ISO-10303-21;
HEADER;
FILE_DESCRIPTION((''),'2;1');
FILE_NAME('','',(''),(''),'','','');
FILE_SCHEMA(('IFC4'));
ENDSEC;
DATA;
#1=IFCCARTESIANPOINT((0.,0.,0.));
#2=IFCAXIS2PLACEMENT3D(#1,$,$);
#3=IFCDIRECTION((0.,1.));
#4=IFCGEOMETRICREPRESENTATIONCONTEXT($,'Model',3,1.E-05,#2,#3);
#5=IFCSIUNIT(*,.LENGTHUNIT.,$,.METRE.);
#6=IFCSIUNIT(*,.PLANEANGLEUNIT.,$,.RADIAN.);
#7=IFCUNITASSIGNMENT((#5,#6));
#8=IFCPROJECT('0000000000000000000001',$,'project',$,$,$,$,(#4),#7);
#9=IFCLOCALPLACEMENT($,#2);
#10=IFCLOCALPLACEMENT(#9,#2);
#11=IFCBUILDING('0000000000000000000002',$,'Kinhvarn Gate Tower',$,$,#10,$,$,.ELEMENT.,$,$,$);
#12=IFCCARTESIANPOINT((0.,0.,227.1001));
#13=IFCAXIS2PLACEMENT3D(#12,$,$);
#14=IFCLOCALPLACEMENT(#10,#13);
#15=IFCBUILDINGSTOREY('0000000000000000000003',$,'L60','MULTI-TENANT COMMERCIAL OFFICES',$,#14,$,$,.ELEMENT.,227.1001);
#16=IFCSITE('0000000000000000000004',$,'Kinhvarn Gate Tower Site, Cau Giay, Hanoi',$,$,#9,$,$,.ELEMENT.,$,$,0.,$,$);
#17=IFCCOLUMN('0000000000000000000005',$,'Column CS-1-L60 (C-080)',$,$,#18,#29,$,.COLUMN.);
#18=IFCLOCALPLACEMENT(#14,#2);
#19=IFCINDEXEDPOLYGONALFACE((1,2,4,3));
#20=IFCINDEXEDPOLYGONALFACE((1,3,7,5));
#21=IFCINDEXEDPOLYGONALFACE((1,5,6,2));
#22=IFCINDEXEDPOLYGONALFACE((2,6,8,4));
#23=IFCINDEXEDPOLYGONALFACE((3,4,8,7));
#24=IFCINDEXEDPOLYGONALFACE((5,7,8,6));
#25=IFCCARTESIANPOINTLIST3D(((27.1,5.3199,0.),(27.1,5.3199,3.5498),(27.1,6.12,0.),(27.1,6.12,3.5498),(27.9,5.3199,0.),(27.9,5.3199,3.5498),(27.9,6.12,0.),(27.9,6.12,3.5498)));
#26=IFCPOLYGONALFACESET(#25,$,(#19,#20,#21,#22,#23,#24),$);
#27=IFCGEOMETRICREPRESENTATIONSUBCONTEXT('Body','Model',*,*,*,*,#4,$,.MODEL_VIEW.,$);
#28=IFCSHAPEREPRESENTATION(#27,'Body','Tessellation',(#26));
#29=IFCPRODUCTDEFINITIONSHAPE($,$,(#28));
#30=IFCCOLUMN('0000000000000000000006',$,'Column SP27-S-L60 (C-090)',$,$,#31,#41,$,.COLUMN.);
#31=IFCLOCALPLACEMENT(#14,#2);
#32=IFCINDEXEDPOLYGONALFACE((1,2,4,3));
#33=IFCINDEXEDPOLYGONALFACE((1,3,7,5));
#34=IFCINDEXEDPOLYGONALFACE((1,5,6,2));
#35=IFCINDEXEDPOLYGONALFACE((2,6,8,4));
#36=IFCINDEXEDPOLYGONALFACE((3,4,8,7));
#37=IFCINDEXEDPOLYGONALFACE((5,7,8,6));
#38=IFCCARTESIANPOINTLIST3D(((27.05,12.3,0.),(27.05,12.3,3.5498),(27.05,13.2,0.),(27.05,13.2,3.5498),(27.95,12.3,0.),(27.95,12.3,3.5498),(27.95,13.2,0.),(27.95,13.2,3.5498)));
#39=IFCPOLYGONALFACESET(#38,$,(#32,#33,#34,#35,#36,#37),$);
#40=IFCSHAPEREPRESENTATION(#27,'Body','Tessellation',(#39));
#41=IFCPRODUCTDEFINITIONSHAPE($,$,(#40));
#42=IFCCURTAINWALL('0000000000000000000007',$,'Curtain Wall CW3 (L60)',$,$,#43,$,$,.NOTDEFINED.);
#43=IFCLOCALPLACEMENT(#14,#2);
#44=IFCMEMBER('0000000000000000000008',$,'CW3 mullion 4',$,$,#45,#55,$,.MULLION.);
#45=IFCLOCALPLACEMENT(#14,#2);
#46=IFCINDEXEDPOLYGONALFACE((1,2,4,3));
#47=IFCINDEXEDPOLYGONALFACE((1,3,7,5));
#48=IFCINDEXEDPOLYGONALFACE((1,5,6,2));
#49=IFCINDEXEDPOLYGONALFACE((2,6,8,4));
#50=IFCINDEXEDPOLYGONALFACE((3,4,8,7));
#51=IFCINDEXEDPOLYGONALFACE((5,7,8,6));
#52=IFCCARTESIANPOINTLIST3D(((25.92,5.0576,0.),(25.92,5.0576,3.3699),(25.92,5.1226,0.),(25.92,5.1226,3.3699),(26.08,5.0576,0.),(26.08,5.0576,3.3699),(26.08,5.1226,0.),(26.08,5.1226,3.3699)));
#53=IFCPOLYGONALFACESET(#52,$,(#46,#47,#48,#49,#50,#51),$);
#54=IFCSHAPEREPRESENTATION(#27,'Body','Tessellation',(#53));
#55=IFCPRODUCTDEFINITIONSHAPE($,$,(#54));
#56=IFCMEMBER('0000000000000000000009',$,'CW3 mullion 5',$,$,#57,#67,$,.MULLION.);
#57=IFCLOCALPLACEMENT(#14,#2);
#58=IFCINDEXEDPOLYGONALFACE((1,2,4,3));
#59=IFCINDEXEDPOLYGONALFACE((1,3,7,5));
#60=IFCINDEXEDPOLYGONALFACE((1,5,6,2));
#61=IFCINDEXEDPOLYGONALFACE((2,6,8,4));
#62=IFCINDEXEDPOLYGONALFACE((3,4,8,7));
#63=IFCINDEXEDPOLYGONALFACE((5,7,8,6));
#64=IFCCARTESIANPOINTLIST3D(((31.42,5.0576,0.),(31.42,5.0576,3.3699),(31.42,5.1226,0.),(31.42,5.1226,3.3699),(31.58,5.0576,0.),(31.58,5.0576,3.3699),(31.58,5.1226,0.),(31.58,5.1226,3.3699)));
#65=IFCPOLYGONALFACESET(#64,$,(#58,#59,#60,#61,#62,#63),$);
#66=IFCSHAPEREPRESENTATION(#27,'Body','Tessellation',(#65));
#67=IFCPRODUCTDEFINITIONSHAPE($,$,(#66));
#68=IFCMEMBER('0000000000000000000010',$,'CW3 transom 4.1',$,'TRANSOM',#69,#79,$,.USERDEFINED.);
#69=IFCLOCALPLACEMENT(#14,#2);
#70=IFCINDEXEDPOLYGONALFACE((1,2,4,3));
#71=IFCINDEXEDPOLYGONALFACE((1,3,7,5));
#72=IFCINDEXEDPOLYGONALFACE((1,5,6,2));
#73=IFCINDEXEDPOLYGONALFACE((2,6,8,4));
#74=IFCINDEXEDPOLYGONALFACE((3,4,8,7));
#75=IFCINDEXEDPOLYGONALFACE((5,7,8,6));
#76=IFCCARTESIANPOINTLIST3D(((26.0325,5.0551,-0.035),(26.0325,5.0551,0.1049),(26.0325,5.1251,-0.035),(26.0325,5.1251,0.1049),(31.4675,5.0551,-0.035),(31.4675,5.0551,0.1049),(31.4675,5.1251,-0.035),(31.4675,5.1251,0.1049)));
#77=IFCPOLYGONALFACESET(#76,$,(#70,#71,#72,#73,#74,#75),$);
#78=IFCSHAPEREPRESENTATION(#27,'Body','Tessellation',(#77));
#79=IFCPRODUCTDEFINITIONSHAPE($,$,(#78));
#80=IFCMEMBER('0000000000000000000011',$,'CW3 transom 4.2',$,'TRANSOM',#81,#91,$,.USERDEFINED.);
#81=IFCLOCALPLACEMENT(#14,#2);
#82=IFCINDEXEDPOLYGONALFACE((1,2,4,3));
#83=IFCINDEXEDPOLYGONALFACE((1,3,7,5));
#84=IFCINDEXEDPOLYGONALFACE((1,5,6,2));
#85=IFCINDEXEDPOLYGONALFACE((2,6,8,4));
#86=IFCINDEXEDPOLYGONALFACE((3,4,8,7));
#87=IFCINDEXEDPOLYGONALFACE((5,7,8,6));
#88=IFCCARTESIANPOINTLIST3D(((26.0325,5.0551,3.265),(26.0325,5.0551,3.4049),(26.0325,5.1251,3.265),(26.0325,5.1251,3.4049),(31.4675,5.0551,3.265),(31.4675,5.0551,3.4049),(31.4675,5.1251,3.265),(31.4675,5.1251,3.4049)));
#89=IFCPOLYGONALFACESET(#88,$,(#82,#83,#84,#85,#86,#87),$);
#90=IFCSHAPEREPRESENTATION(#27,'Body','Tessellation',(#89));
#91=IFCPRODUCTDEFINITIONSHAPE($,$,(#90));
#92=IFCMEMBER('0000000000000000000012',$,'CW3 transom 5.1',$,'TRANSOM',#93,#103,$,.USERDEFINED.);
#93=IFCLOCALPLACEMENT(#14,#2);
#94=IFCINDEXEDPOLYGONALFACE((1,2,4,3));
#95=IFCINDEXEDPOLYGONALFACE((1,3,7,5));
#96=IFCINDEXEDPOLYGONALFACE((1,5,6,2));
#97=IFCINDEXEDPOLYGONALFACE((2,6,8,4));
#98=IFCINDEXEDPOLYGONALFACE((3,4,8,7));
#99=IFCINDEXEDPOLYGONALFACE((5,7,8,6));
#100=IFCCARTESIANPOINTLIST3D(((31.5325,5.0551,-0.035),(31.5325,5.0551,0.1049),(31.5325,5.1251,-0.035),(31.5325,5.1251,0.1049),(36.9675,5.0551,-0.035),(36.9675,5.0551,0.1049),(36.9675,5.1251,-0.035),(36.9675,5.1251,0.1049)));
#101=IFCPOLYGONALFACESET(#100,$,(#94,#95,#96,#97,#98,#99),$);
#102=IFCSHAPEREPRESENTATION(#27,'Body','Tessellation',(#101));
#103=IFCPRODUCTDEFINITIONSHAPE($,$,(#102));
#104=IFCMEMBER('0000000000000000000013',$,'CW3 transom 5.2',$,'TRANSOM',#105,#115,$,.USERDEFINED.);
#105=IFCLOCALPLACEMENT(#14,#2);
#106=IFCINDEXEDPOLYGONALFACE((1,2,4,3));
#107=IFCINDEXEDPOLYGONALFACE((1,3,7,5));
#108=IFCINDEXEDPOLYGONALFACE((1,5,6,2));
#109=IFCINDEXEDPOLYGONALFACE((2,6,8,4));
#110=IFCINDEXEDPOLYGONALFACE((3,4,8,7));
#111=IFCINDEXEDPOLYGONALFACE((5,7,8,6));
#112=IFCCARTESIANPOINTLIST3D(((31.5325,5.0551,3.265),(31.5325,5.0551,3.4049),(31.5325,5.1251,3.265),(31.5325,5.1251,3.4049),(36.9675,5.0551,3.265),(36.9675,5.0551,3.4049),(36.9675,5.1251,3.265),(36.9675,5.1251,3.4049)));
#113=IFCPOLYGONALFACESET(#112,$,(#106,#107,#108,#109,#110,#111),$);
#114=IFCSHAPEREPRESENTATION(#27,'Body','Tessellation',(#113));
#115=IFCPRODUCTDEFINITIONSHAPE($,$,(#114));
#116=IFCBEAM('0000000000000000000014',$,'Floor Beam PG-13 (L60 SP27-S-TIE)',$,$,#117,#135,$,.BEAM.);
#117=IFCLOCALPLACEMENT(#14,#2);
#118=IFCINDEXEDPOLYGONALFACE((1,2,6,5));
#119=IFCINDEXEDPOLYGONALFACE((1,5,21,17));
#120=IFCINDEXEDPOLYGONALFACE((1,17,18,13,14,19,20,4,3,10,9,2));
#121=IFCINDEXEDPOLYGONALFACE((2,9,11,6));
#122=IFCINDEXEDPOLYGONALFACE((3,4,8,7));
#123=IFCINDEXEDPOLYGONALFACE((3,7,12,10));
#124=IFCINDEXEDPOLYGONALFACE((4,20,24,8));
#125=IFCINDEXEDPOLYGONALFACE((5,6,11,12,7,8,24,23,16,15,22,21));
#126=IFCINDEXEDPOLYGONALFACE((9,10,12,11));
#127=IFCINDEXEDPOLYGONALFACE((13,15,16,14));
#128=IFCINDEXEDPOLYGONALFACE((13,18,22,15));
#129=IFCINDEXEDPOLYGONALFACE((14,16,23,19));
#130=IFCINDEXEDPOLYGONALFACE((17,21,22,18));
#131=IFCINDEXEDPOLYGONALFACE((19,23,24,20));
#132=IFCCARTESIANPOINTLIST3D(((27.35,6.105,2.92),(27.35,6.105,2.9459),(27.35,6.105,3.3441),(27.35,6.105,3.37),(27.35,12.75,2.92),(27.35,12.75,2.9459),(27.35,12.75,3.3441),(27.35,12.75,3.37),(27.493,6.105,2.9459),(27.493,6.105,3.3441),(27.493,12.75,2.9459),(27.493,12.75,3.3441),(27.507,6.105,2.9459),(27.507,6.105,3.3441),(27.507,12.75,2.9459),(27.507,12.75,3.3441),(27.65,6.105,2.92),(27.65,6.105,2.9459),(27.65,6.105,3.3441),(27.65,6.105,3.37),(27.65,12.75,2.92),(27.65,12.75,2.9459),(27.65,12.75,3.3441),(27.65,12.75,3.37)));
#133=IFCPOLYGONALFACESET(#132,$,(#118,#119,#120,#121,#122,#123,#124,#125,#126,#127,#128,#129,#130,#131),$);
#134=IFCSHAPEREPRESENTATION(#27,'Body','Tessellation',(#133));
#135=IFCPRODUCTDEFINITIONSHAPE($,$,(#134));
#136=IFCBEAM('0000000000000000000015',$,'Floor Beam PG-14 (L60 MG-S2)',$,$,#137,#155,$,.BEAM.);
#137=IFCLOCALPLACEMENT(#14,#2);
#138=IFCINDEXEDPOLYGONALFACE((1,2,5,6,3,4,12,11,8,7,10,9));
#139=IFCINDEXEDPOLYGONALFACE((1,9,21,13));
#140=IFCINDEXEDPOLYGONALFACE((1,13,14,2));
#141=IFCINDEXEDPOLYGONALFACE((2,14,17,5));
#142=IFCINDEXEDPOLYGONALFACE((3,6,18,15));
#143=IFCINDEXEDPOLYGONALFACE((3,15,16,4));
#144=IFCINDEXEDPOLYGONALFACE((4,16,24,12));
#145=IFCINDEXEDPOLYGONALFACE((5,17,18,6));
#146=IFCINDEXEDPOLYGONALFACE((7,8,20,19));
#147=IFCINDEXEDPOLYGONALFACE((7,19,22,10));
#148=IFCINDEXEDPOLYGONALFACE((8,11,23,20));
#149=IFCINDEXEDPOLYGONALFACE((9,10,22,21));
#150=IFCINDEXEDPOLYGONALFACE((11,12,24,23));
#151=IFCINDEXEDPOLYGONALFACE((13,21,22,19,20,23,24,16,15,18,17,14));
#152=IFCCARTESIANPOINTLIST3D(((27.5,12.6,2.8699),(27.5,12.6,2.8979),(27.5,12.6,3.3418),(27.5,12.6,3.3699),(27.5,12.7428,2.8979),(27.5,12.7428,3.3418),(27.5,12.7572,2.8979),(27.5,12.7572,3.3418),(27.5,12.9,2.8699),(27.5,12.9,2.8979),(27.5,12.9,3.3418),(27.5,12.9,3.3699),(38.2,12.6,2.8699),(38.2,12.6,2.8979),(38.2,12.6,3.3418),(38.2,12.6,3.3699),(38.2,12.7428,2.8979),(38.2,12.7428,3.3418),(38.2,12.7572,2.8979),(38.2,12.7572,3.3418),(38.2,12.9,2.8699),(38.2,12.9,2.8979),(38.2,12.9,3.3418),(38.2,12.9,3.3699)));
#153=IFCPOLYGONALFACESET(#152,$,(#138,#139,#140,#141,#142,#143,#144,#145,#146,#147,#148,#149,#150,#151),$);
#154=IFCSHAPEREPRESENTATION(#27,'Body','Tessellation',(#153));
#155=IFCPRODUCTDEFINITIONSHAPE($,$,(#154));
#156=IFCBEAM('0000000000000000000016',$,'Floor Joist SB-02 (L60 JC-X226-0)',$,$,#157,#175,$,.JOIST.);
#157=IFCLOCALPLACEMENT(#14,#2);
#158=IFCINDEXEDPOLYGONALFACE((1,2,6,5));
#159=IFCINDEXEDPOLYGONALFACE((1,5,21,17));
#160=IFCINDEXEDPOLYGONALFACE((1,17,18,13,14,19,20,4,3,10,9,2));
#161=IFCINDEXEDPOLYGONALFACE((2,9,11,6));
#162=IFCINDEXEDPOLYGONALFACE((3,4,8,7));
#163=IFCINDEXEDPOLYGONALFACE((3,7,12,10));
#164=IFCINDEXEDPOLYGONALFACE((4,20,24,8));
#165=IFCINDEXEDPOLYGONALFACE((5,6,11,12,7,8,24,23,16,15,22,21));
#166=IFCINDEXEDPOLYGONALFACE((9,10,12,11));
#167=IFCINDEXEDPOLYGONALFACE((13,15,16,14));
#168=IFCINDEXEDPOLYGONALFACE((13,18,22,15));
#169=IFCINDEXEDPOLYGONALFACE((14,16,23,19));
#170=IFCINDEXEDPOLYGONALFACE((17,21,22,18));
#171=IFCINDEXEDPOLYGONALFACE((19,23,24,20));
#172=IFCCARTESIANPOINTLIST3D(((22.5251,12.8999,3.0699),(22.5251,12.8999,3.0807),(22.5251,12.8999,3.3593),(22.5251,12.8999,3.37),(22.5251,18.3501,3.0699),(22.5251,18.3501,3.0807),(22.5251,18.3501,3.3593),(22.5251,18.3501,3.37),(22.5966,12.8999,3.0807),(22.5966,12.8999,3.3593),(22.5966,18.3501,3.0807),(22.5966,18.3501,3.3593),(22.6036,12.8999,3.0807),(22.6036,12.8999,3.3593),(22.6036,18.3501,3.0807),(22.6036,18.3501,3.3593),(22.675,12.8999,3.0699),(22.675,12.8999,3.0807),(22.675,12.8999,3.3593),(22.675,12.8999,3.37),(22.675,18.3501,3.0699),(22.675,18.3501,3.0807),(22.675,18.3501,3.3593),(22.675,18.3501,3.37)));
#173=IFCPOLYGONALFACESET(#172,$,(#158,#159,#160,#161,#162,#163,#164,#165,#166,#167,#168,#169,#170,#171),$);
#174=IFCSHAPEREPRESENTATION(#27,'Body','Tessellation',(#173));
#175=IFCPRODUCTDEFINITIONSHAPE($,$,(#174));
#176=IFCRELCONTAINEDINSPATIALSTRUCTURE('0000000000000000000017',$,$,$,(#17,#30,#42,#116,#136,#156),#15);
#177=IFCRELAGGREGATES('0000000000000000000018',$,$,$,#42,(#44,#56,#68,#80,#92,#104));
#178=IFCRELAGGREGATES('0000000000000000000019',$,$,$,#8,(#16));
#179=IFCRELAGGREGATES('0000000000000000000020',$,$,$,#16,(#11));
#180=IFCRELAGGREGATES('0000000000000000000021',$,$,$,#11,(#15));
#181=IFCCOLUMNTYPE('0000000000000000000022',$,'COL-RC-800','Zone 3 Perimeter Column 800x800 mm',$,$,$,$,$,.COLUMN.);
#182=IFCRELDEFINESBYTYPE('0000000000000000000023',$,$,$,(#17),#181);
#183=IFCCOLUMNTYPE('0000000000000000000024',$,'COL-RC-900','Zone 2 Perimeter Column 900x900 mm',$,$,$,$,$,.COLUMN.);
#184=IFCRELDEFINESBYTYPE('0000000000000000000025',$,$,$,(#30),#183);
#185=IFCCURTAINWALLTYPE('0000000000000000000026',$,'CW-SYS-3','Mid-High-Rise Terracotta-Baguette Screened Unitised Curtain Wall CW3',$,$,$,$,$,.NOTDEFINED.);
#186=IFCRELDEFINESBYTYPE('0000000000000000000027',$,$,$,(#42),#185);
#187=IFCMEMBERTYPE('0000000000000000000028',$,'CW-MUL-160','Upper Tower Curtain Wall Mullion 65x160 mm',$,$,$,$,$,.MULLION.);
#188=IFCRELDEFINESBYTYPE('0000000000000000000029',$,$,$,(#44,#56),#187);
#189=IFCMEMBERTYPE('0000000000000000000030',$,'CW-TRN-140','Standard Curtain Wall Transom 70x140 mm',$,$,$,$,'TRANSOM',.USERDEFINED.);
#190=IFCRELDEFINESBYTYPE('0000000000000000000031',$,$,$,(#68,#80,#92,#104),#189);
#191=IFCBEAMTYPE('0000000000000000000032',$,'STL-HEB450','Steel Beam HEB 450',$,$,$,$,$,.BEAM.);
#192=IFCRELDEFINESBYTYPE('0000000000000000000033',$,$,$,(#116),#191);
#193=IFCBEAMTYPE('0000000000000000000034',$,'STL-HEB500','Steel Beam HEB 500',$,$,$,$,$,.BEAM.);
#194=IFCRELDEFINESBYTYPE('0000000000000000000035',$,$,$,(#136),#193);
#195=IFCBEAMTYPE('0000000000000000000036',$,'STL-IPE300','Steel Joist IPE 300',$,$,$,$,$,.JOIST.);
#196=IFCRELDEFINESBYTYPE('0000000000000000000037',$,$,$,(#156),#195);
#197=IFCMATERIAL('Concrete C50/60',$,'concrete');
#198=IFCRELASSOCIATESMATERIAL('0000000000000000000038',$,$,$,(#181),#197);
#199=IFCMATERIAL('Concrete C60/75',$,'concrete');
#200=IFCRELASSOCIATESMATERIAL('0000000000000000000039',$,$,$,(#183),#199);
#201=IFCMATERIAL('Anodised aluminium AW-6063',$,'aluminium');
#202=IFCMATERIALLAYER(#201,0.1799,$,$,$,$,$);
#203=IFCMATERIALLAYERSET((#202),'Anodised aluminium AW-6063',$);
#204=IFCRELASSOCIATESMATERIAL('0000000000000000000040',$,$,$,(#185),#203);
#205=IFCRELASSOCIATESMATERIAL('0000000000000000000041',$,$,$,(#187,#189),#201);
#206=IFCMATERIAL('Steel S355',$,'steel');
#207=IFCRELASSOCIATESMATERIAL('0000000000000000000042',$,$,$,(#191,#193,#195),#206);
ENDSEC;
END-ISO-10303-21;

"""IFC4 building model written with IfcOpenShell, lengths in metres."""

from ifc_helpers import new_model, si_unit, direction, frame, origin, origin_2d, place, context, subcontext, project, spatial, rectangle, i_section, extrude, material, layer, layer_set, material_profile, profile_set, type_object, element, aggregate, save


model = new_model("IFC4")

# Units and contexts
model_context = context("Model", 3, precision=1e-05, world=origin(), true_north=direction((0.0, 1.0)))
body_context = subcontext(model_context, "Body", "Model", "MODEL_VIEW")
ifc_project = project(units=[si_unit("LENGTHUNIT", "METRE"), si_unit("PLANEANGLEUNIT", "RADIAN")], contexts=[model_context])

# Site, building, storey
site_placement = place(None, origin())
site = spatial("IfcSite", under=ifc_project, at=site_placement, Name="Kinhvarn Gate Tower Site, Cau Giay, Hanoi", CompositionType="ELEMENT", RefElevation=0.0)
building_placement = place(site_placement, origin())
building = spatial("IfcBuilding", under=site, at=building_placement, Name="Kinhvarn Gate Tower", CompositionType="ELEMENT")
storey_placement = place(building_placement, frame((0.0, 0.0, 227.1001)))
storey = spatial("IfcBuildingStorey", under=building, at=storey_placement, Name="L60", Description="MULTI-TENANT COMMERCIAL OFFICES", CompositionType="ELEMENT", Elevation=227.1001)

# Columns
ifc_material_1 = material(Name="Concrete C50/60", Category="concrete")
ifc_material_profile_1 = material_profile(ifc_material_1, rectangle(XDim=0.8, YDim=0.8, at=origin_2d()), Name="RC 800x800")
ifc_profile_set_1 = profile_set([ifc_material_profile_1], Name="Concrete C50/60")
column_type_1 = type_object("IfcColumnType", Name="COL-RC-800", Description="Zone 3 Perimeter Column 800x800 mm", PredefinedType="COLUMN", material=ifc_profile_set_1)
column_1_placement = place(storey_placement, frame((27.5, 5.72, 0.0), z_axis=(0.0, 0.0, 1.0), x_axis=(1.0, 0.0, 0.0)))
element("IfcColumn", 1, at=column_1_placement, inside=storey, type_object=column_type_1, Name="Column CS-1-L60 (C-080)", PredefinedType="COLUMN", context=body_context, shape_type="SweptSolid", body=[
    extrude(rectangle(XDim=0.8, YDim=0.8, at=origin_2d()), origin(), (0.0, 0.0, 1.0), 3.5498),
])
ifc_material_2 = material(Name="Concrete C60/75", Category="concrete")
ifc_material_profile_2 = material_profile(ifc_material_2, rectangle(XDim=0.8999, YDim=0.8999, at=origin_2d()), Name="RC 900x900")
ifc_profile_set_2 = profile_set([ifc_material_profile_2], Name="Concrete C60/75")
column_type_2 = type_object("IfcColumnType", Name="COL-RC-900", Description="Zone 2 Perimeter Column 900x900 mm", PredefinedType="COLUMN", material=ifc_profile_set_2)
column_2_placement = place(storey_placement, frame((27.5, 12.75, 0.0), z_axis=(0.0, 0.0, 1.0), x_axis=(1.0, 0.0, 0.0)))
element("IfcColumn", 2, at=column_2_placement, inside=storey, type_object=column_type_2, Name="Column SP27-S-L60 (C-090)", PredefinedType="COLUMN", context=body_context, shape_type="SweptSolid", body=[
    extrude(rectangle(XDim=0.8999, YDim=0.8999, at=origin_2d()), origin(), (0.0, 0.0, 1.0), 3.5498),
])

# Curtain wall, members
ifc_material_3 = material(Name="Anodised aluminium AW-6063", Category="aluminium")
ifc_layer_1 = layer(ifc_material_3, 0.1799)
ifc_layer_set_1 = layer_set([ifc_layer_1], Name="Anodised aluminium AW-6063")
curtain_wall_type = type_object("IfcCurtainWallType", Name="CW-SYS-3", Description="Mid-High-Rise Terracotta-Baguette Screened Unitised Curtain Wall CW3", PredefinedType="NOTDEFINED", material=ifc_layer_set_1)
curtain_wall_placement = place(storey_placement, origin())
curtain_wall = element("IfcCurtainWall", 3, at=curtain_wall_placement, inside=storey, type_object=curtain_wall_type, Name="Curtain Wall CW3 (L60)", PredefinedType="NOTDEFINED")
ifc_material_profile_3 = material_profile(ifc_material_3, rectangle(XDim=0.0649, YDim=0.1599, at=origin_2d()), Name="ALU 65x160")
ifc_profile_set_3 = profile_set([ifc_material_profile_3], Name="Anodised aluminium AW-6063")
member_type_1 = type_object("IfcMemberType", Name="CW-MUL-160", Description="Upper Tower Curtain Wall Mullion 65x160 mm", PredefinedType="MULLION", material=ifc_profile_set_3)
member_1_placement = place(storey_placement, frame((26.0, 5.0901, 0.0), z_axis=(0.0, 0.0, 1.0), x_axis=(0.0, 1.0, 0.0)))
member_1 = element("IfcMember", 4, at=member_1_placement, type_object=member_type_1, Name="CW3 mullion 4", PredefinedType="MULLION", context=body_context, shape_type="SweptSolid", body=[
    extrude(rectangle(XDim=0.0649, YDim=0.1599, at=origin_2d()), origin(), (0.0, 0.0, 1.0), 3.3699),
])
member_2_placement = place(storey_placement, frame((31.5, 5.0901, 0.0), z_axis=(0.0, 0.0, 1.0), x_axis=(0.0, 1.0, 0.0)))
member_2 = element("IfcMember", 5, at=member_2_placement, type_object=member_type_1, Name="CW3 mullion 5", PredefinedType="MULLION", context=body_context, shape_type="SweptSolid", body=[
    extrude(rectangle(XDim=0.0649, YDim=0.1599, at=origin_2d()), origin(), (0.0, 0.0, 1.0), 3.3699),
])
ifc_material_profile_4 = material_profile(ifc_material_3, rectangle(XDim=0.0701, YDim=0.1399, at=origin_2d()), Name="ALU 70x140")
ifc_profile_set_4 = profile_set([ifc_material_profile_4], Name="Anodised aluminium AW-6063")
member_type_2 = type_object("IfcMemberType", Name="CW-TRN-140", Description="Standard Curtain Wall Transom 70x140 mm", ElementType="TRANSOM", PredefinedType="USERDEFINED", material=ifc_profile_set_4)
member_3_placement = place(storey_placement, frame((26.0325, 5.0901, 0.0349), z_axis=(1.0, 0.0, 0.0), x_axis=(0.0, 1.0, 0.0)))
member_3 = element("IfcMember", 6, at=member_3_placement, type_object=member_type_2, Name="CW3 transom 4.1", ObjectType="TRANSOM", PredefinedType="USERDEFINED", context=body_context, shape_type="SweptSolid", body=[
    extrude(rectangle(XDim=0.0701, YDim=0.1399, at=origin_2d()), origin(), (0.0, 0.0, 1.0), 5.4351),
])
member_4_placement = place(storey_placement, frame((26.0325, 5.0901, 3.335), z_axis=(1.0, 0.0, 0.0), x_axis=(0.0, 1.0, 0.0)))
member_4 = element("IfcMember", 7, at=member_4_placement, type_object=member_type_2, Name="CW3 transom 4.2", ObjectType="TRANSOM", PredefinedType="USERDEFINED", context=body_context, shape_type="SweptSolid", body=[
    extrude(rectangle(XDim=0.0701, YDim=0.1399, at=origin_2d()), origin(), (0.0, 0.0, 1.0), 5.4351),
])
member_5_placement = place(storey_placement, frame((31.5325, 5.0901, 0.0349), z_axis=(1.0, 0.0, 0.0), x_axis=(0.0, 1.0, 0.0)))
member_5 = element("IfcMember", 8, at=member_5_placement, type_object=member_type_2, Name="CW3 transom 5.1", ObjectType="TRANSOM", PredefinedType="USERDEFINED", context=body_context, shape_type="SweptSolid", body=[
    extrude(rectangle(XDim=0.0701, YDim=0.1399, at=origin_2d()), origin(), (0.0, 0.0, 1.0), 5.4351),
])
member_6_placement = place(storey_placement, frame((31.5325, 5.0901, 3.335), z_axis=(1.0, 0.0, 0.0), x_axis=(0.0, 1.0, 0.0)))
member_6 = element("IfcMember", 9, at=member_6_placement, type_object=member_type_2, Name="CW3 transom 5.2", ObjectType="TRANSOM", PredefinedType="USERDEFINED", context=body_context, shape_type="SweptSolid", body=[
    extrude(rectangle(XDim=0.0701, YDim=0.1399, at=origin_2d()), origin(), (0.0, 0.0, 1.0), 5.4351),
])

# Beams
ifc_material_4 = material(Name="Steel S355", Category="steel")
ifc_material_profile_5 = material_profile(ifc_material_4, i_section(OverallWidth=0.3, OverallDepth=0.45, WebThickness=0.0139, FlangeThickness=0.0259, at=origin_2d()), Name="HEB 450")
ifc_profile_set_5 = profile_set([ifc_material_profile_5], Name="Steel S355")
beam_type_1 = type_object("IfcBeamType", Name="STL-HEB450", Description="Steel Beam HEB 450", PredefinedType="BEAM", material=ifc_profile_set_5)
beam_1_placement = place(storey_placement, frame((27.5, 6.105, 3.145), z_axis=(0.0, 1.0, 0.0), x_axis=(-1.0, 0.0, 0.0)))
element("IfcBeam", 10, at=beam_1_placement, inside=storey, type_object=beam_type_1, Name="Floor Beam PG-13 (L60 SP27-S-TIE)", PredefinedType="BEAM", context=body_context, shape_type="SweptSolid", body=[
    extrude(i_section(OverallWidth=0.3, OverallDepth=0.45, WebThickness=0.0139, FlangeThickness=0.0259, at=origin_2d()), origin(), (0.0, 0.0, 1.0), 6.645),
])
ifc_material_profile_6 = material_profile(ifc_material_4, i_section(OverallWidth=0.3, OverallDepth=0.5, WebThickness=0.0144, FlangeThickness=0.0281, at=origin_2d()), Name="HEB 500")
ifc_profile_set_6 = profile_set([ifc_material_profile_6], Name="Steel S355")
beam_type_2 = type_object("IfcBeamType", Name="STL-HEB500", Description="Steel Beam HEB 500", PredefinedType="BEAM", material=ifc_profile_set_6)
beam_2_placement = place(storey_placement, frame((27.5, 12.75, 3.1199), z_axis=(1.0, 0.0, 0.0), x_axis=(0.0, 1.0, 0.0)))
element("IfcBeam", 11, at=beam_2_placement, inside=storey, type_object=beam_type_2, Name="Floor Beam PG-14 (L60 MG-S2)", PredefinedType="BEAM", context=body_context, shape_type="SweptSolid", body=[
    extrude(i_section(OverallWidth=0.3, OverallDepth=0.5, WebThickness=0.0144, FlangeThickness=0.0281, at=origin_2d()), origin(), (0.0, 0.0, 1.0), 10.7),
])
ifc_material_profile_7 = material_profile(ifc_material_4, i_section(OverallWidth=0.1499, OverallDepth=0.3, WebThickness=0.0071, FlangeThickness=0.0107, at=origin_2d()), Name="IPE 300")
ifc_profile_set_7 = profile_set([ifc_material_profile_7], Name="Steel S355")
beam_type_3 = type_object("IfcBeamType", Name="STL-IPE300", Description="Steel Joist IPE 300", PredefinedType="JOIST", material=ifc_profile_set_7)
beam_3_placement = place(storey_placement, frame((22.6001, 12.8999, 3.22), z_axis=(0.0, 1.0, 0.0), x_axis=(-1.0, 0.0, 0.0)))
element("IfcBeam", 12, at=beam_3_placement, inside=storey, type_object=beam_type_3, Name="Floor Joist SB-02 (L60 JC-X226-0)", PredefinedType="JOIST", context=body_context, shape_type="SweptSolid", body=[
    extrude(i_section(OverallWidth=0.1499, OverallDepth=0.3, WebThickness=0.0071, FlangeThickness=0.0107, at=origin_2d()), origin(), (0.0, 0.0, 1.0), 5.4502),
])

aggregate(curtain_wall, [member_1, member_2, member_3, member_4, member_5, member_6])

save(model, "model.ifc")
